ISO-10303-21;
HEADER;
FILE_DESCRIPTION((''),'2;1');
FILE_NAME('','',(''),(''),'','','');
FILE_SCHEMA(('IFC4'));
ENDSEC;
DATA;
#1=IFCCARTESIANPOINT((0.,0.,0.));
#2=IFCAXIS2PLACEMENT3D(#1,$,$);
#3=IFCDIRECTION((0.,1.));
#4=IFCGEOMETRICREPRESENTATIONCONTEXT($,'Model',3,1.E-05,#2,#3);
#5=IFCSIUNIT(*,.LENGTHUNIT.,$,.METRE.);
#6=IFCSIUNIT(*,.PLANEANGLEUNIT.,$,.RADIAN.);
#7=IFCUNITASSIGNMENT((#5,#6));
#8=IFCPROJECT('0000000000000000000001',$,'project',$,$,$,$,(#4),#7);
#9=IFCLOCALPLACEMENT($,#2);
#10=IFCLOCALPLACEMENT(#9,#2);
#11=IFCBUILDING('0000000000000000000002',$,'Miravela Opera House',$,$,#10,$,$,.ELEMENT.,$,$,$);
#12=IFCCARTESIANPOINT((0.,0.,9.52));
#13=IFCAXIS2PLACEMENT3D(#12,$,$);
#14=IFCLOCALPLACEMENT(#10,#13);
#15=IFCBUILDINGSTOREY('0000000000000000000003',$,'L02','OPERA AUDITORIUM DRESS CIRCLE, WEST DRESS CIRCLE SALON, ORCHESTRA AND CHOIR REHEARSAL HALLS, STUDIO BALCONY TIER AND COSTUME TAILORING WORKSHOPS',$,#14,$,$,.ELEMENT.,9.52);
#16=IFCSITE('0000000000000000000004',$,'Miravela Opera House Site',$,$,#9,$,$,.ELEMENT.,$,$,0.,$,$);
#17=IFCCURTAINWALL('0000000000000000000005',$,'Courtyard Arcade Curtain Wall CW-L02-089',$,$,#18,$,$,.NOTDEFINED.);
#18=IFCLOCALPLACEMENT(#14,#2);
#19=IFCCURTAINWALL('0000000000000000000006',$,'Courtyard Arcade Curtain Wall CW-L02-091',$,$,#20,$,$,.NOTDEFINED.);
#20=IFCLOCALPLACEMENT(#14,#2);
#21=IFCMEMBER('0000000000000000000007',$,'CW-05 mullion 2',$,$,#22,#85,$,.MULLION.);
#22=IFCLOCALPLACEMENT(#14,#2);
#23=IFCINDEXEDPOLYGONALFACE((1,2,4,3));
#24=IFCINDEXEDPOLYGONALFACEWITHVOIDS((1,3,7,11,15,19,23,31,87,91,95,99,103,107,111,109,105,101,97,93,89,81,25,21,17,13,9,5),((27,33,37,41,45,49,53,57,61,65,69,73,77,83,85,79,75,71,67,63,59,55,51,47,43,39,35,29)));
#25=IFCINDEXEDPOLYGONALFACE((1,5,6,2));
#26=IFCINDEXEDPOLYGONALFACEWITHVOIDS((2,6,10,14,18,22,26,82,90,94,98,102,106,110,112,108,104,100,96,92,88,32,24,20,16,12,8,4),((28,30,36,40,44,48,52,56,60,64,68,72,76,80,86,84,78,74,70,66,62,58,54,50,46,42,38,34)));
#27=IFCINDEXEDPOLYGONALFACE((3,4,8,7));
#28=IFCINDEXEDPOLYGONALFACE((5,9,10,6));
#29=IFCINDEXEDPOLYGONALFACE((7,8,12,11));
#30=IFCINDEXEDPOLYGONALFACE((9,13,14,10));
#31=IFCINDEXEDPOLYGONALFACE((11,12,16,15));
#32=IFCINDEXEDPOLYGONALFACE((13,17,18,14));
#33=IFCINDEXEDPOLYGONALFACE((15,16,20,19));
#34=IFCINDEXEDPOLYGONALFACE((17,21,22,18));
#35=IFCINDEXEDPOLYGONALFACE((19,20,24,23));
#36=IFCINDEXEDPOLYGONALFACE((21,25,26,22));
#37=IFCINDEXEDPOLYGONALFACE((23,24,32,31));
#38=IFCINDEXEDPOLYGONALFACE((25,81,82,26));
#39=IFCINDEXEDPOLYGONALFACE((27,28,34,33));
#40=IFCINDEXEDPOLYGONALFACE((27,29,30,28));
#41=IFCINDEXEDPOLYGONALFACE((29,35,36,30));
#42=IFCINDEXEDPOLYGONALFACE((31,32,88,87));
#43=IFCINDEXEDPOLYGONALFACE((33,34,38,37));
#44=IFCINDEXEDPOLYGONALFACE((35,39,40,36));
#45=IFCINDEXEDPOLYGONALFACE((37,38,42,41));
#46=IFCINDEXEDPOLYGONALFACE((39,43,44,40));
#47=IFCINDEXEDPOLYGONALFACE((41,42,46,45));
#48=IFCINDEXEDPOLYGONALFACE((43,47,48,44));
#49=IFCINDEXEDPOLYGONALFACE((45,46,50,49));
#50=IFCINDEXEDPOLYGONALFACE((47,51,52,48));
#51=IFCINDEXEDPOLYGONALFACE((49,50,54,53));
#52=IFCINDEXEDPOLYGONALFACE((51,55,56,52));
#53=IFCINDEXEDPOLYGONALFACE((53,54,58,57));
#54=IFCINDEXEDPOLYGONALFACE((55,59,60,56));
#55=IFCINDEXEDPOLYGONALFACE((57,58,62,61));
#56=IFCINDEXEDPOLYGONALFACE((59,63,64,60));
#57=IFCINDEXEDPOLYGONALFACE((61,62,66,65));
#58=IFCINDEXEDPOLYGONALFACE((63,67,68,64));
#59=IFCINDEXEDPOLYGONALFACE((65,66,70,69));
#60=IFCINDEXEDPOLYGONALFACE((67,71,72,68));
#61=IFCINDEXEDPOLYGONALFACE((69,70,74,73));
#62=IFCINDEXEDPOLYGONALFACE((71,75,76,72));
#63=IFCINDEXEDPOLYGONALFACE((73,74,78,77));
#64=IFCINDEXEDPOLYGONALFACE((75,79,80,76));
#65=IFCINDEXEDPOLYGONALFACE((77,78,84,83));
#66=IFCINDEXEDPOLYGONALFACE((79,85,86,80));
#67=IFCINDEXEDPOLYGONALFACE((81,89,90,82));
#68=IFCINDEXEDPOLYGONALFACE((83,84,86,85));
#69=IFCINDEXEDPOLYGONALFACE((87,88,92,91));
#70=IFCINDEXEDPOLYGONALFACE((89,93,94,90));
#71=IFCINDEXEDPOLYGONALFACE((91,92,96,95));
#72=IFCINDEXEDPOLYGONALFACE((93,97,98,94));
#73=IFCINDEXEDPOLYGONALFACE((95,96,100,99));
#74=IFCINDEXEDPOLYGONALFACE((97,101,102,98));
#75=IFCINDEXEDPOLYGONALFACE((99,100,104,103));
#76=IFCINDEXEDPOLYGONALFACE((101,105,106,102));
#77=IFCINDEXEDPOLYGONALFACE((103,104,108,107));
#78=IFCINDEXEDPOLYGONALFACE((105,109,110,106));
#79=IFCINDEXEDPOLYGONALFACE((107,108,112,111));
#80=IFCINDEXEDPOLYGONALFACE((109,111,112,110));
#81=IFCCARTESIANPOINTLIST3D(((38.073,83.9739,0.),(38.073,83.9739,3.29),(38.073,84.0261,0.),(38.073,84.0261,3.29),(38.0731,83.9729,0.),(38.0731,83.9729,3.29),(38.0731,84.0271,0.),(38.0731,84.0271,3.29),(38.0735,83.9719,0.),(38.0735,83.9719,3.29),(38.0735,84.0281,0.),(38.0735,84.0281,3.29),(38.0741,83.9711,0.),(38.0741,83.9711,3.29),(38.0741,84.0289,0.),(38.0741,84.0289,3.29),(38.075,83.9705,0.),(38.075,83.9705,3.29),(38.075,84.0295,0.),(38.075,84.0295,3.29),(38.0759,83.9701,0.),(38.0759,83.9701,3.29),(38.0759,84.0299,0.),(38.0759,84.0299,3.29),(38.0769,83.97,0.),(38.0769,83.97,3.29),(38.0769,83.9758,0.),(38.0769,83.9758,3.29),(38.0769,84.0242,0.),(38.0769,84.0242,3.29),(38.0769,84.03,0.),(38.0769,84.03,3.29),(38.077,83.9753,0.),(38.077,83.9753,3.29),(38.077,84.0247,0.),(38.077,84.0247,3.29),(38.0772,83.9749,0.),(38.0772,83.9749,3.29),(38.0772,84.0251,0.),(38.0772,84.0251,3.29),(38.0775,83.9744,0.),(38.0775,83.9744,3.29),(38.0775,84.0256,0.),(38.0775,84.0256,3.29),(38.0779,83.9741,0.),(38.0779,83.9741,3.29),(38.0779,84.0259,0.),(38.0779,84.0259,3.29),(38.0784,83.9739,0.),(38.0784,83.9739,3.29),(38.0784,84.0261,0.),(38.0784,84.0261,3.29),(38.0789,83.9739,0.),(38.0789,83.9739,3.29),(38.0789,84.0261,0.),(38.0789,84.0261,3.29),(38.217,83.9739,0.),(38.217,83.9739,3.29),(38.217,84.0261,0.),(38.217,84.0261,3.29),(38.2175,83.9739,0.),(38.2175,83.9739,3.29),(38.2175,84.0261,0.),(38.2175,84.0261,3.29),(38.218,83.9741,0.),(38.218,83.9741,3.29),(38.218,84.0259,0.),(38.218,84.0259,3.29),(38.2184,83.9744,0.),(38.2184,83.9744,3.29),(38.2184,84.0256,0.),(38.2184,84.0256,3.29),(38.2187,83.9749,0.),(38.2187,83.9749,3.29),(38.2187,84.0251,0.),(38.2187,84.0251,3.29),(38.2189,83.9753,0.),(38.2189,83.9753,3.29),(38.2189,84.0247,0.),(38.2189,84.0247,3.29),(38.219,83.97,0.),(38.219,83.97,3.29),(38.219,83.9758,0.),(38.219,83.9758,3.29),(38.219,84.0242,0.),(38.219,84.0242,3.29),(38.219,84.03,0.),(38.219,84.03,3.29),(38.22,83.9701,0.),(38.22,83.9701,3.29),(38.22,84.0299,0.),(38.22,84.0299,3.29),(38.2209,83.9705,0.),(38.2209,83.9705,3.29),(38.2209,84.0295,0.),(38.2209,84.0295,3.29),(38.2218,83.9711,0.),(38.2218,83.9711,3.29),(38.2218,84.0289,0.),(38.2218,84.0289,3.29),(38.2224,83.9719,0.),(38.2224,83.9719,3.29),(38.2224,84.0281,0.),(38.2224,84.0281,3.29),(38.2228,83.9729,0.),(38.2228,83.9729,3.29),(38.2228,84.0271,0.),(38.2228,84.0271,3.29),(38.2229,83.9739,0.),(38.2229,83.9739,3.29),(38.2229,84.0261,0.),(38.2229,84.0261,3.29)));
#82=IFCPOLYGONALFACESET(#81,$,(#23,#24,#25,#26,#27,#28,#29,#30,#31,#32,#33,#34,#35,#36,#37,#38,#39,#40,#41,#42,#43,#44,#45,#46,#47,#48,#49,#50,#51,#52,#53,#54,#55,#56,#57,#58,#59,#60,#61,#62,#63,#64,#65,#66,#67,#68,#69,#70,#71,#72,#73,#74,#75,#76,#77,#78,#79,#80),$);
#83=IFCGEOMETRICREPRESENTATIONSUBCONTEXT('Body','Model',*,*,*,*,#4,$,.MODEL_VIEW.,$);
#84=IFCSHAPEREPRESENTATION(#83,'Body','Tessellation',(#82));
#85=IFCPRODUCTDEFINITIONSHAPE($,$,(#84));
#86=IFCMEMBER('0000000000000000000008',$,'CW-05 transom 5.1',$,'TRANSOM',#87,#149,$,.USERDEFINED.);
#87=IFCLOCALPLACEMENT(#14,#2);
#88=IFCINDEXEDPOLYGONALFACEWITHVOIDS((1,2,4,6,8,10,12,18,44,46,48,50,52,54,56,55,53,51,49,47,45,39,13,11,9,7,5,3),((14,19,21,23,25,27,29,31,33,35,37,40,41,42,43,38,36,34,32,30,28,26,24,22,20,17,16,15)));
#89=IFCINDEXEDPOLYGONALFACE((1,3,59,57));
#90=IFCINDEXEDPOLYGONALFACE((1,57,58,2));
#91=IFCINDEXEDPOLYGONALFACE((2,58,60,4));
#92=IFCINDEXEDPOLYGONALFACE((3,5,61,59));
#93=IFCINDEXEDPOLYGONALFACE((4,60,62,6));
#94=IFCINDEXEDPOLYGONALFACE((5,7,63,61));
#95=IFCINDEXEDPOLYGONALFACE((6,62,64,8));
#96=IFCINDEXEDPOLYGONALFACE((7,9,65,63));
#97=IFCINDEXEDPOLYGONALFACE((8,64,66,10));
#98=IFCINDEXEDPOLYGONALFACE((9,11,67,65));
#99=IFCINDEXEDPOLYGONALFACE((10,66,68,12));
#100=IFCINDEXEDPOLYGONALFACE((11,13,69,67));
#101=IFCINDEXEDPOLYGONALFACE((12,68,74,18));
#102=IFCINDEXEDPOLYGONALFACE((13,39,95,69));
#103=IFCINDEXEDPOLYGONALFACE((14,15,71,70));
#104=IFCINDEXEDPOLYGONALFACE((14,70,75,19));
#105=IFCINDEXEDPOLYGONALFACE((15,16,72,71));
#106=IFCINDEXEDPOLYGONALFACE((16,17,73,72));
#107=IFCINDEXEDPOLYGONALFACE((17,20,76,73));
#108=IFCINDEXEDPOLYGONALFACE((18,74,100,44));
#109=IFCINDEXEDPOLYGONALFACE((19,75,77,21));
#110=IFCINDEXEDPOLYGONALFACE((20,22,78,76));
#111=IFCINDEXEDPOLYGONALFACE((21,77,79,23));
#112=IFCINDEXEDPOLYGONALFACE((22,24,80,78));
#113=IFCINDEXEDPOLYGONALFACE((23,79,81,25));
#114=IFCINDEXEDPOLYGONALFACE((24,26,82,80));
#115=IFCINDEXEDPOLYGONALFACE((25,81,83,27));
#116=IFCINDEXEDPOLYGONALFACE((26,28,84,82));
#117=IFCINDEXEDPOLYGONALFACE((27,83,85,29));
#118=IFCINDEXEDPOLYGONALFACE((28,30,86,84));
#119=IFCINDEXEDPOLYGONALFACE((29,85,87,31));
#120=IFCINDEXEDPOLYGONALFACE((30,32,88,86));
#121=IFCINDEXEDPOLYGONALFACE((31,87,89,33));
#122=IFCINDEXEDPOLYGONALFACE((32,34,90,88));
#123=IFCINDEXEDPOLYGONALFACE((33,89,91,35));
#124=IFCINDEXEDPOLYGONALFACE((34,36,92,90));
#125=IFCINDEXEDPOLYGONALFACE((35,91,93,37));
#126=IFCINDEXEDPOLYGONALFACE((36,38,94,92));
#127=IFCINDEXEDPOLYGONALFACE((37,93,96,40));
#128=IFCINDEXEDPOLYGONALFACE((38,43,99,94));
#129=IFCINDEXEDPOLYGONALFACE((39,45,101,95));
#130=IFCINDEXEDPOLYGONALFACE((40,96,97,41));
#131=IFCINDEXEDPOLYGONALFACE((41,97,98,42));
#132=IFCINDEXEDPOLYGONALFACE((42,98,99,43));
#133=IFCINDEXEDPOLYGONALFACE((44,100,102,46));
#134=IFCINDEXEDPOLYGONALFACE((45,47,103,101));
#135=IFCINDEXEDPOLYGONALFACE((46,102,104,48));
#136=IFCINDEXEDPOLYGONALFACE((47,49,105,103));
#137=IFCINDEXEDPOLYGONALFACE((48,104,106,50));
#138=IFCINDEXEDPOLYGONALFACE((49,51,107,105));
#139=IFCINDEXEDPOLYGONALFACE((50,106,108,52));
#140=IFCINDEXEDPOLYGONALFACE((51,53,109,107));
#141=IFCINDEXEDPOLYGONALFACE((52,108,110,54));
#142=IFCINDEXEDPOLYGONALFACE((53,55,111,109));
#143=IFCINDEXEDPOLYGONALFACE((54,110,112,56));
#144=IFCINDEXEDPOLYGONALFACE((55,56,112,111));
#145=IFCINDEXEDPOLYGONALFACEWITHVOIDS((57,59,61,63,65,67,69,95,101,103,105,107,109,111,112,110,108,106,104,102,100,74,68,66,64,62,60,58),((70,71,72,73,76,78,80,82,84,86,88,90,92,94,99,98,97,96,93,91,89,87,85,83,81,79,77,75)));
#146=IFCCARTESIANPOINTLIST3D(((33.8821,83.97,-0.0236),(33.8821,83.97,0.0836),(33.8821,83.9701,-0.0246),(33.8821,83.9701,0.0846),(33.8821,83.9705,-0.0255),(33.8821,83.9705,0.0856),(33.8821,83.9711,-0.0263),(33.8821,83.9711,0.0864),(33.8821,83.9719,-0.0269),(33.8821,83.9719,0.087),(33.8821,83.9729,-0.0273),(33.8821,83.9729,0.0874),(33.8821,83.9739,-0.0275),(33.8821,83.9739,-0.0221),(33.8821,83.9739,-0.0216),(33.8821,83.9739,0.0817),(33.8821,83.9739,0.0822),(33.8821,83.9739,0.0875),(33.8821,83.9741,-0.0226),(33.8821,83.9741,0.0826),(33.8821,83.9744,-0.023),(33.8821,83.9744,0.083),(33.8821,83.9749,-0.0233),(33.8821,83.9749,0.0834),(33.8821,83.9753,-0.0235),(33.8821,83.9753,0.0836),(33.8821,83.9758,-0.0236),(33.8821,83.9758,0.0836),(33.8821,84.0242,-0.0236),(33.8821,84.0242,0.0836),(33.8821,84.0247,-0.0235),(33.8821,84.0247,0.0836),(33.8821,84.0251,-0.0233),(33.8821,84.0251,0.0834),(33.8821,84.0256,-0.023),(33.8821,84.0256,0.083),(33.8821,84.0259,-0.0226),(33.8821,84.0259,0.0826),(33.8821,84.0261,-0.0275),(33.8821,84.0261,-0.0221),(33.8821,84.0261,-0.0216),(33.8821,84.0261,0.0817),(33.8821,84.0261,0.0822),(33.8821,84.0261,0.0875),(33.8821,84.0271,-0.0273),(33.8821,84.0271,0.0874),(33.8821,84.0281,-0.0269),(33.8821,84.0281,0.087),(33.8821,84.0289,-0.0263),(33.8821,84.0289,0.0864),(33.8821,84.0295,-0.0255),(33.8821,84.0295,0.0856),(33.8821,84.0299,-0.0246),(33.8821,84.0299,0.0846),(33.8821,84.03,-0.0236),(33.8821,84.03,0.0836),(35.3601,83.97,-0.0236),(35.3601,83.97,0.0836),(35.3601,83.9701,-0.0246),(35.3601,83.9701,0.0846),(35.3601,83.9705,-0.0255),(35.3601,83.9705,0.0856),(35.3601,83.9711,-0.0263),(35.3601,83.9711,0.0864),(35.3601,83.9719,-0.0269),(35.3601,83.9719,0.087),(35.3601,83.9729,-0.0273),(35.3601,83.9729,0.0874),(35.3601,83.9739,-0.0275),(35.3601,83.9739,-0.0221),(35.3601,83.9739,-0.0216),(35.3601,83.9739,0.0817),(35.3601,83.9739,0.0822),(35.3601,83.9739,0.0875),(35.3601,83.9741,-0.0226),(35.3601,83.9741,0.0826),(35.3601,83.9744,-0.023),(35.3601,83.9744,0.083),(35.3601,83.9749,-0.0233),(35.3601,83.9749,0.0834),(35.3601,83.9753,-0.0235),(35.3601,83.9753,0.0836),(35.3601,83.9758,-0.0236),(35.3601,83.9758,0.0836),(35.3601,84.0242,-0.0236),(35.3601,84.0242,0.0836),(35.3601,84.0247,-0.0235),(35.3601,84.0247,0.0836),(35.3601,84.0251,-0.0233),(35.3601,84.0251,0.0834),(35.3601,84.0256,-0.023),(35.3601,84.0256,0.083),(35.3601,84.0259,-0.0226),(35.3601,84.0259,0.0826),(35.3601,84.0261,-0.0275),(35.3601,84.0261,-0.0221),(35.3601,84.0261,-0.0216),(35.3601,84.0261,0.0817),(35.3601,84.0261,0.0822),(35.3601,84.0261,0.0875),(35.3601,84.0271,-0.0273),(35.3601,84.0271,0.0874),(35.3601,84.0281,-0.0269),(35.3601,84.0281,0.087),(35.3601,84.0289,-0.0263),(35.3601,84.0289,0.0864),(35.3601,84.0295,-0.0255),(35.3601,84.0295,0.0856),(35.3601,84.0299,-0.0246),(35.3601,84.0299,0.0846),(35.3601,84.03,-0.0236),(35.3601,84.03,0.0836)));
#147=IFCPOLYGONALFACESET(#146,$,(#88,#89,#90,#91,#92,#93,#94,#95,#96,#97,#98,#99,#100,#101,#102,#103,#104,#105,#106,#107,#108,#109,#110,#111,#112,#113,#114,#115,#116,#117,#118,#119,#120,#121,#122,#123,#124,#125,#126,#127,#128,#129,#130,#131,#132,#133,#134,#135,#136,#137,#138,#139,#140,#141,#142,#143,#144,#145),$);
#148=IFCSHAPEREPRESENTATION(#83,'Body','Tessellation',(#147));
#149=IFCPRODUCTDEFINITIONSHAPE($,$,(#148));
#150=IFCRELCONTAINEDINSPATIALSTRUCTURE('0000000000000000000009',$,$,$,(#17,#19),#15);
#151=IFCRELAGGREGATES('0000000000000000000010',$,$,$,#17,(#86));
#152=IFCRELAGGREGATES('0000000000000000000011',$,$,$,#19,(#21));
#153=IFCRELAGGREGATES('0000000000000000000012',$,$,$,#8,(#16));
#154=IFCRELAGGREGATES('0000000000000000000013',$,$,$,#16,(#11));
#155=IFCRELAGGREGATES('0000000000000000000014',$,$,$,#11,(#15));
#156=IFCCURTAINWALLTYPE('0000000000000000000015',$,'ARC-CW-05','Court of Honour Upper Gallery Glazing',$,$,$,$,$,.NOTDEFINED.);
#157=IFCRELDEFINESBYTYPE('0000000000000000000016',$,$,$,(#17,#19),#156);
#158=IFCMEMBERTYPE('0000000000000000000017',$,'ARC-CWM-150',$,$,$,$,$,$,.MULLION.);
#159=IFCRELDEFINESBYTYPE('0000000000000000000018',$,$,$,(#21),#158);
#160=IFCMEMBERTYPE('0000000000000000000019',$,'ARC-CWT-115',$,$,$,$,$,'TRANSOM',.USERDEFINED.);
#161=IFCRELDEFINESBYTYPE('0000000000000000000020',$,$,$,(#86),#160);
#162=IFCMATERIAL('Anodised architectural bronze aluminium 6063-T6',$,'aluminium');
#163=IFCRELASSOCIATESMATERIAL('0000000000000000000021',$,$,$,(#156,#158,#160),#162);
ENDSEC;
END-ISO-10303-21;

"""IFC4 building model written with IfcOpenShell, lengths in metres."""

from ifc_helpers import new_model, si_unit, direction, frame, origin, origin_2d, place, context, subcontext, project, spatial, hollow_rectangle, extrude, material, material_profile, profile_set, type_object, element, aggregate, save


model = new_model("IFC4")

# Units and contexts
model_context = context("Model", 3, precision=1e-05, world=origin(), true_north=direction((0.0, 1.0)))
body_context = subcontext(model_context, "Body", "Model", "MODEL_VIEW")
ifc_project = project(units=[si_unit("LENGTHUNIT", "METRE"), si_unit("PLANEANGLEUNIT", "RADIAN")], contexts=[model_context])

# Site, building, storey
site_placement = place(None, origin())
site = spatial("IfcSite", under=ifc_project, at=site_placement, Name="Miravela Opera House Site", CompositionType="ELEMENT", RefElevation=0.0)
building_placement = place(site_placement, origin())
building = spatial("IfcBuilding", under=site, at=building_placement, Name="Miravela Opera House", CompositionType="ELEMENT")
storey_placement = place(building_placement, frame((0.0, 0.0, 9.52)))
storey = spatial("IfcBuildingStorey", under=building, at=storey_placement, Name="L02", Description="OPERA AUDITORIUM DRESS CIRCLE, WEST DRESS CIRCLE SALON, ORCHESTRA AND CHOIR REHEARSAL HALLS, STUDIO BALCONY TIER AND COSTUME TAILORING WORKSHOPS", CompositionType="ELEMENT", Elevation=9.52)

# Curtain wall
ifc_material_1 = material(Name="Anodised architectural bronze aluminium 6063-T6", Category="aluminium")
curtain_wall_type = type_object("IfcCurtainWallType", Name="ARC-CW-05", Description="Court of Honour Upper Gallery Glazing", PredefinedType="NOTDEFINED", material=ifc_material_1)
curtain_wall_1_placement = place(storey_placement, origin())
curtain_wall_1 = element("IfcCurtainWall", 1, at=curtain_wall_1_placement, inside=storey, type_object=curtain_wall_type, Name="Courtyard Arcade Curtain Wall CW-L02-089", PredefinedType="NOTDEFINED")
ifc_material_profile_1 = material_profile(ifc_material_1, hollow_rectangle(XDim=0.0601, YDim=0.1499, WallThickness=0.0039, InnerFilletRadius=0.002, OuterFilletRadius=0.0039, at=origin_2d()), Name="CWM-60X150")
ifc_profile_set_1 = profile_set([ifc_material_profile_1])
member_type_1 = type_object("IfcMemberType", Name="ARC-CWM-150", PredefinedType="MULLION", material=ifc_profile_set_1)

# Curtain wall, member
curtain_wall_2_placement = place(storey_placement, origin())
curtain_wall_2 = element("IfcCurtainWall", 2, at=curtain_wall_2_placement, inside=storey, type_object=curtain_wall_type, Name="Courtyard Arcade Curtain Wall CW-L02-091", PredefinedType="NOTDEFINED")
member_1_placement = place(storey_placement, frame((38.1479, 84.0, 0.0), z_axis=(0.0, 0.0, 1.0), x_axis=(0.0, 1.0, 0.0)))
member_1 = element("IfcMember", 3, at=member_1_placement, type_object=member_type_1, Name="CW-05 mullion 2", PredefinedType="MULLION", context=body_context, shape_type="SweptSolid", body=[
    extrude(hollow_rectangle(XDim=0.0601, YDim=0.1499, WallThickness=0.0039, InnerFilletRadius=0.002, OuterFilletRadius=0.0039, at=origin_2d()), origin(), (0.0, 0.0, 1.0), 3.29),
])

# Member
ifc_material_profile_2 = material_profile(ifc_material_1, hollow_rectangle(XDim=0.0601, YDim=0.115, WallThickness=0.0039, InnerFilletRadius=0.002, OuterFilletRadius=0.0039, at=origin_2d()), Name="CWT-60X115")
ifc_profile_set_2 = profile_set([ifc_material_profile_2])
member_type_2 = type_object("IfcMemberType", Name="ARC-CWT-115", ElementType="TRANSOM", PredefinedType="USERDEFINED", material=ifc_profile_set_2)
member_2_placement = place(storey_placement, frame((33.8821, 84.0, 0.03), z_axis=(1.0, 0.0, 0.0), x_axis=(0.0, 1.0, 0.0)))
member_2 = element("IfcMember", 4, at=member_2_placement, type_object=member_type_2, Name="CW-05 transom 5.1", ObjectType="TRANSOM", PredefinedType="USERDEFINED", context=body_context, shape_type="SweptSolid", body=[
    extrude(hollow_rectangle(XDim=0.0601, YDim=0.115, WallThickness=0.0039, InnerFilletRadius=0.002, OuterFilletRadius=0.0039, at=origin_2d()), origin(), (0.0, 0.0, 1.0), 1.478),
])

aggregate(curtain_wall_1, [member_2])
aggregate(curtain_wall_2, [member_1])

save(model, "model.ifc")
